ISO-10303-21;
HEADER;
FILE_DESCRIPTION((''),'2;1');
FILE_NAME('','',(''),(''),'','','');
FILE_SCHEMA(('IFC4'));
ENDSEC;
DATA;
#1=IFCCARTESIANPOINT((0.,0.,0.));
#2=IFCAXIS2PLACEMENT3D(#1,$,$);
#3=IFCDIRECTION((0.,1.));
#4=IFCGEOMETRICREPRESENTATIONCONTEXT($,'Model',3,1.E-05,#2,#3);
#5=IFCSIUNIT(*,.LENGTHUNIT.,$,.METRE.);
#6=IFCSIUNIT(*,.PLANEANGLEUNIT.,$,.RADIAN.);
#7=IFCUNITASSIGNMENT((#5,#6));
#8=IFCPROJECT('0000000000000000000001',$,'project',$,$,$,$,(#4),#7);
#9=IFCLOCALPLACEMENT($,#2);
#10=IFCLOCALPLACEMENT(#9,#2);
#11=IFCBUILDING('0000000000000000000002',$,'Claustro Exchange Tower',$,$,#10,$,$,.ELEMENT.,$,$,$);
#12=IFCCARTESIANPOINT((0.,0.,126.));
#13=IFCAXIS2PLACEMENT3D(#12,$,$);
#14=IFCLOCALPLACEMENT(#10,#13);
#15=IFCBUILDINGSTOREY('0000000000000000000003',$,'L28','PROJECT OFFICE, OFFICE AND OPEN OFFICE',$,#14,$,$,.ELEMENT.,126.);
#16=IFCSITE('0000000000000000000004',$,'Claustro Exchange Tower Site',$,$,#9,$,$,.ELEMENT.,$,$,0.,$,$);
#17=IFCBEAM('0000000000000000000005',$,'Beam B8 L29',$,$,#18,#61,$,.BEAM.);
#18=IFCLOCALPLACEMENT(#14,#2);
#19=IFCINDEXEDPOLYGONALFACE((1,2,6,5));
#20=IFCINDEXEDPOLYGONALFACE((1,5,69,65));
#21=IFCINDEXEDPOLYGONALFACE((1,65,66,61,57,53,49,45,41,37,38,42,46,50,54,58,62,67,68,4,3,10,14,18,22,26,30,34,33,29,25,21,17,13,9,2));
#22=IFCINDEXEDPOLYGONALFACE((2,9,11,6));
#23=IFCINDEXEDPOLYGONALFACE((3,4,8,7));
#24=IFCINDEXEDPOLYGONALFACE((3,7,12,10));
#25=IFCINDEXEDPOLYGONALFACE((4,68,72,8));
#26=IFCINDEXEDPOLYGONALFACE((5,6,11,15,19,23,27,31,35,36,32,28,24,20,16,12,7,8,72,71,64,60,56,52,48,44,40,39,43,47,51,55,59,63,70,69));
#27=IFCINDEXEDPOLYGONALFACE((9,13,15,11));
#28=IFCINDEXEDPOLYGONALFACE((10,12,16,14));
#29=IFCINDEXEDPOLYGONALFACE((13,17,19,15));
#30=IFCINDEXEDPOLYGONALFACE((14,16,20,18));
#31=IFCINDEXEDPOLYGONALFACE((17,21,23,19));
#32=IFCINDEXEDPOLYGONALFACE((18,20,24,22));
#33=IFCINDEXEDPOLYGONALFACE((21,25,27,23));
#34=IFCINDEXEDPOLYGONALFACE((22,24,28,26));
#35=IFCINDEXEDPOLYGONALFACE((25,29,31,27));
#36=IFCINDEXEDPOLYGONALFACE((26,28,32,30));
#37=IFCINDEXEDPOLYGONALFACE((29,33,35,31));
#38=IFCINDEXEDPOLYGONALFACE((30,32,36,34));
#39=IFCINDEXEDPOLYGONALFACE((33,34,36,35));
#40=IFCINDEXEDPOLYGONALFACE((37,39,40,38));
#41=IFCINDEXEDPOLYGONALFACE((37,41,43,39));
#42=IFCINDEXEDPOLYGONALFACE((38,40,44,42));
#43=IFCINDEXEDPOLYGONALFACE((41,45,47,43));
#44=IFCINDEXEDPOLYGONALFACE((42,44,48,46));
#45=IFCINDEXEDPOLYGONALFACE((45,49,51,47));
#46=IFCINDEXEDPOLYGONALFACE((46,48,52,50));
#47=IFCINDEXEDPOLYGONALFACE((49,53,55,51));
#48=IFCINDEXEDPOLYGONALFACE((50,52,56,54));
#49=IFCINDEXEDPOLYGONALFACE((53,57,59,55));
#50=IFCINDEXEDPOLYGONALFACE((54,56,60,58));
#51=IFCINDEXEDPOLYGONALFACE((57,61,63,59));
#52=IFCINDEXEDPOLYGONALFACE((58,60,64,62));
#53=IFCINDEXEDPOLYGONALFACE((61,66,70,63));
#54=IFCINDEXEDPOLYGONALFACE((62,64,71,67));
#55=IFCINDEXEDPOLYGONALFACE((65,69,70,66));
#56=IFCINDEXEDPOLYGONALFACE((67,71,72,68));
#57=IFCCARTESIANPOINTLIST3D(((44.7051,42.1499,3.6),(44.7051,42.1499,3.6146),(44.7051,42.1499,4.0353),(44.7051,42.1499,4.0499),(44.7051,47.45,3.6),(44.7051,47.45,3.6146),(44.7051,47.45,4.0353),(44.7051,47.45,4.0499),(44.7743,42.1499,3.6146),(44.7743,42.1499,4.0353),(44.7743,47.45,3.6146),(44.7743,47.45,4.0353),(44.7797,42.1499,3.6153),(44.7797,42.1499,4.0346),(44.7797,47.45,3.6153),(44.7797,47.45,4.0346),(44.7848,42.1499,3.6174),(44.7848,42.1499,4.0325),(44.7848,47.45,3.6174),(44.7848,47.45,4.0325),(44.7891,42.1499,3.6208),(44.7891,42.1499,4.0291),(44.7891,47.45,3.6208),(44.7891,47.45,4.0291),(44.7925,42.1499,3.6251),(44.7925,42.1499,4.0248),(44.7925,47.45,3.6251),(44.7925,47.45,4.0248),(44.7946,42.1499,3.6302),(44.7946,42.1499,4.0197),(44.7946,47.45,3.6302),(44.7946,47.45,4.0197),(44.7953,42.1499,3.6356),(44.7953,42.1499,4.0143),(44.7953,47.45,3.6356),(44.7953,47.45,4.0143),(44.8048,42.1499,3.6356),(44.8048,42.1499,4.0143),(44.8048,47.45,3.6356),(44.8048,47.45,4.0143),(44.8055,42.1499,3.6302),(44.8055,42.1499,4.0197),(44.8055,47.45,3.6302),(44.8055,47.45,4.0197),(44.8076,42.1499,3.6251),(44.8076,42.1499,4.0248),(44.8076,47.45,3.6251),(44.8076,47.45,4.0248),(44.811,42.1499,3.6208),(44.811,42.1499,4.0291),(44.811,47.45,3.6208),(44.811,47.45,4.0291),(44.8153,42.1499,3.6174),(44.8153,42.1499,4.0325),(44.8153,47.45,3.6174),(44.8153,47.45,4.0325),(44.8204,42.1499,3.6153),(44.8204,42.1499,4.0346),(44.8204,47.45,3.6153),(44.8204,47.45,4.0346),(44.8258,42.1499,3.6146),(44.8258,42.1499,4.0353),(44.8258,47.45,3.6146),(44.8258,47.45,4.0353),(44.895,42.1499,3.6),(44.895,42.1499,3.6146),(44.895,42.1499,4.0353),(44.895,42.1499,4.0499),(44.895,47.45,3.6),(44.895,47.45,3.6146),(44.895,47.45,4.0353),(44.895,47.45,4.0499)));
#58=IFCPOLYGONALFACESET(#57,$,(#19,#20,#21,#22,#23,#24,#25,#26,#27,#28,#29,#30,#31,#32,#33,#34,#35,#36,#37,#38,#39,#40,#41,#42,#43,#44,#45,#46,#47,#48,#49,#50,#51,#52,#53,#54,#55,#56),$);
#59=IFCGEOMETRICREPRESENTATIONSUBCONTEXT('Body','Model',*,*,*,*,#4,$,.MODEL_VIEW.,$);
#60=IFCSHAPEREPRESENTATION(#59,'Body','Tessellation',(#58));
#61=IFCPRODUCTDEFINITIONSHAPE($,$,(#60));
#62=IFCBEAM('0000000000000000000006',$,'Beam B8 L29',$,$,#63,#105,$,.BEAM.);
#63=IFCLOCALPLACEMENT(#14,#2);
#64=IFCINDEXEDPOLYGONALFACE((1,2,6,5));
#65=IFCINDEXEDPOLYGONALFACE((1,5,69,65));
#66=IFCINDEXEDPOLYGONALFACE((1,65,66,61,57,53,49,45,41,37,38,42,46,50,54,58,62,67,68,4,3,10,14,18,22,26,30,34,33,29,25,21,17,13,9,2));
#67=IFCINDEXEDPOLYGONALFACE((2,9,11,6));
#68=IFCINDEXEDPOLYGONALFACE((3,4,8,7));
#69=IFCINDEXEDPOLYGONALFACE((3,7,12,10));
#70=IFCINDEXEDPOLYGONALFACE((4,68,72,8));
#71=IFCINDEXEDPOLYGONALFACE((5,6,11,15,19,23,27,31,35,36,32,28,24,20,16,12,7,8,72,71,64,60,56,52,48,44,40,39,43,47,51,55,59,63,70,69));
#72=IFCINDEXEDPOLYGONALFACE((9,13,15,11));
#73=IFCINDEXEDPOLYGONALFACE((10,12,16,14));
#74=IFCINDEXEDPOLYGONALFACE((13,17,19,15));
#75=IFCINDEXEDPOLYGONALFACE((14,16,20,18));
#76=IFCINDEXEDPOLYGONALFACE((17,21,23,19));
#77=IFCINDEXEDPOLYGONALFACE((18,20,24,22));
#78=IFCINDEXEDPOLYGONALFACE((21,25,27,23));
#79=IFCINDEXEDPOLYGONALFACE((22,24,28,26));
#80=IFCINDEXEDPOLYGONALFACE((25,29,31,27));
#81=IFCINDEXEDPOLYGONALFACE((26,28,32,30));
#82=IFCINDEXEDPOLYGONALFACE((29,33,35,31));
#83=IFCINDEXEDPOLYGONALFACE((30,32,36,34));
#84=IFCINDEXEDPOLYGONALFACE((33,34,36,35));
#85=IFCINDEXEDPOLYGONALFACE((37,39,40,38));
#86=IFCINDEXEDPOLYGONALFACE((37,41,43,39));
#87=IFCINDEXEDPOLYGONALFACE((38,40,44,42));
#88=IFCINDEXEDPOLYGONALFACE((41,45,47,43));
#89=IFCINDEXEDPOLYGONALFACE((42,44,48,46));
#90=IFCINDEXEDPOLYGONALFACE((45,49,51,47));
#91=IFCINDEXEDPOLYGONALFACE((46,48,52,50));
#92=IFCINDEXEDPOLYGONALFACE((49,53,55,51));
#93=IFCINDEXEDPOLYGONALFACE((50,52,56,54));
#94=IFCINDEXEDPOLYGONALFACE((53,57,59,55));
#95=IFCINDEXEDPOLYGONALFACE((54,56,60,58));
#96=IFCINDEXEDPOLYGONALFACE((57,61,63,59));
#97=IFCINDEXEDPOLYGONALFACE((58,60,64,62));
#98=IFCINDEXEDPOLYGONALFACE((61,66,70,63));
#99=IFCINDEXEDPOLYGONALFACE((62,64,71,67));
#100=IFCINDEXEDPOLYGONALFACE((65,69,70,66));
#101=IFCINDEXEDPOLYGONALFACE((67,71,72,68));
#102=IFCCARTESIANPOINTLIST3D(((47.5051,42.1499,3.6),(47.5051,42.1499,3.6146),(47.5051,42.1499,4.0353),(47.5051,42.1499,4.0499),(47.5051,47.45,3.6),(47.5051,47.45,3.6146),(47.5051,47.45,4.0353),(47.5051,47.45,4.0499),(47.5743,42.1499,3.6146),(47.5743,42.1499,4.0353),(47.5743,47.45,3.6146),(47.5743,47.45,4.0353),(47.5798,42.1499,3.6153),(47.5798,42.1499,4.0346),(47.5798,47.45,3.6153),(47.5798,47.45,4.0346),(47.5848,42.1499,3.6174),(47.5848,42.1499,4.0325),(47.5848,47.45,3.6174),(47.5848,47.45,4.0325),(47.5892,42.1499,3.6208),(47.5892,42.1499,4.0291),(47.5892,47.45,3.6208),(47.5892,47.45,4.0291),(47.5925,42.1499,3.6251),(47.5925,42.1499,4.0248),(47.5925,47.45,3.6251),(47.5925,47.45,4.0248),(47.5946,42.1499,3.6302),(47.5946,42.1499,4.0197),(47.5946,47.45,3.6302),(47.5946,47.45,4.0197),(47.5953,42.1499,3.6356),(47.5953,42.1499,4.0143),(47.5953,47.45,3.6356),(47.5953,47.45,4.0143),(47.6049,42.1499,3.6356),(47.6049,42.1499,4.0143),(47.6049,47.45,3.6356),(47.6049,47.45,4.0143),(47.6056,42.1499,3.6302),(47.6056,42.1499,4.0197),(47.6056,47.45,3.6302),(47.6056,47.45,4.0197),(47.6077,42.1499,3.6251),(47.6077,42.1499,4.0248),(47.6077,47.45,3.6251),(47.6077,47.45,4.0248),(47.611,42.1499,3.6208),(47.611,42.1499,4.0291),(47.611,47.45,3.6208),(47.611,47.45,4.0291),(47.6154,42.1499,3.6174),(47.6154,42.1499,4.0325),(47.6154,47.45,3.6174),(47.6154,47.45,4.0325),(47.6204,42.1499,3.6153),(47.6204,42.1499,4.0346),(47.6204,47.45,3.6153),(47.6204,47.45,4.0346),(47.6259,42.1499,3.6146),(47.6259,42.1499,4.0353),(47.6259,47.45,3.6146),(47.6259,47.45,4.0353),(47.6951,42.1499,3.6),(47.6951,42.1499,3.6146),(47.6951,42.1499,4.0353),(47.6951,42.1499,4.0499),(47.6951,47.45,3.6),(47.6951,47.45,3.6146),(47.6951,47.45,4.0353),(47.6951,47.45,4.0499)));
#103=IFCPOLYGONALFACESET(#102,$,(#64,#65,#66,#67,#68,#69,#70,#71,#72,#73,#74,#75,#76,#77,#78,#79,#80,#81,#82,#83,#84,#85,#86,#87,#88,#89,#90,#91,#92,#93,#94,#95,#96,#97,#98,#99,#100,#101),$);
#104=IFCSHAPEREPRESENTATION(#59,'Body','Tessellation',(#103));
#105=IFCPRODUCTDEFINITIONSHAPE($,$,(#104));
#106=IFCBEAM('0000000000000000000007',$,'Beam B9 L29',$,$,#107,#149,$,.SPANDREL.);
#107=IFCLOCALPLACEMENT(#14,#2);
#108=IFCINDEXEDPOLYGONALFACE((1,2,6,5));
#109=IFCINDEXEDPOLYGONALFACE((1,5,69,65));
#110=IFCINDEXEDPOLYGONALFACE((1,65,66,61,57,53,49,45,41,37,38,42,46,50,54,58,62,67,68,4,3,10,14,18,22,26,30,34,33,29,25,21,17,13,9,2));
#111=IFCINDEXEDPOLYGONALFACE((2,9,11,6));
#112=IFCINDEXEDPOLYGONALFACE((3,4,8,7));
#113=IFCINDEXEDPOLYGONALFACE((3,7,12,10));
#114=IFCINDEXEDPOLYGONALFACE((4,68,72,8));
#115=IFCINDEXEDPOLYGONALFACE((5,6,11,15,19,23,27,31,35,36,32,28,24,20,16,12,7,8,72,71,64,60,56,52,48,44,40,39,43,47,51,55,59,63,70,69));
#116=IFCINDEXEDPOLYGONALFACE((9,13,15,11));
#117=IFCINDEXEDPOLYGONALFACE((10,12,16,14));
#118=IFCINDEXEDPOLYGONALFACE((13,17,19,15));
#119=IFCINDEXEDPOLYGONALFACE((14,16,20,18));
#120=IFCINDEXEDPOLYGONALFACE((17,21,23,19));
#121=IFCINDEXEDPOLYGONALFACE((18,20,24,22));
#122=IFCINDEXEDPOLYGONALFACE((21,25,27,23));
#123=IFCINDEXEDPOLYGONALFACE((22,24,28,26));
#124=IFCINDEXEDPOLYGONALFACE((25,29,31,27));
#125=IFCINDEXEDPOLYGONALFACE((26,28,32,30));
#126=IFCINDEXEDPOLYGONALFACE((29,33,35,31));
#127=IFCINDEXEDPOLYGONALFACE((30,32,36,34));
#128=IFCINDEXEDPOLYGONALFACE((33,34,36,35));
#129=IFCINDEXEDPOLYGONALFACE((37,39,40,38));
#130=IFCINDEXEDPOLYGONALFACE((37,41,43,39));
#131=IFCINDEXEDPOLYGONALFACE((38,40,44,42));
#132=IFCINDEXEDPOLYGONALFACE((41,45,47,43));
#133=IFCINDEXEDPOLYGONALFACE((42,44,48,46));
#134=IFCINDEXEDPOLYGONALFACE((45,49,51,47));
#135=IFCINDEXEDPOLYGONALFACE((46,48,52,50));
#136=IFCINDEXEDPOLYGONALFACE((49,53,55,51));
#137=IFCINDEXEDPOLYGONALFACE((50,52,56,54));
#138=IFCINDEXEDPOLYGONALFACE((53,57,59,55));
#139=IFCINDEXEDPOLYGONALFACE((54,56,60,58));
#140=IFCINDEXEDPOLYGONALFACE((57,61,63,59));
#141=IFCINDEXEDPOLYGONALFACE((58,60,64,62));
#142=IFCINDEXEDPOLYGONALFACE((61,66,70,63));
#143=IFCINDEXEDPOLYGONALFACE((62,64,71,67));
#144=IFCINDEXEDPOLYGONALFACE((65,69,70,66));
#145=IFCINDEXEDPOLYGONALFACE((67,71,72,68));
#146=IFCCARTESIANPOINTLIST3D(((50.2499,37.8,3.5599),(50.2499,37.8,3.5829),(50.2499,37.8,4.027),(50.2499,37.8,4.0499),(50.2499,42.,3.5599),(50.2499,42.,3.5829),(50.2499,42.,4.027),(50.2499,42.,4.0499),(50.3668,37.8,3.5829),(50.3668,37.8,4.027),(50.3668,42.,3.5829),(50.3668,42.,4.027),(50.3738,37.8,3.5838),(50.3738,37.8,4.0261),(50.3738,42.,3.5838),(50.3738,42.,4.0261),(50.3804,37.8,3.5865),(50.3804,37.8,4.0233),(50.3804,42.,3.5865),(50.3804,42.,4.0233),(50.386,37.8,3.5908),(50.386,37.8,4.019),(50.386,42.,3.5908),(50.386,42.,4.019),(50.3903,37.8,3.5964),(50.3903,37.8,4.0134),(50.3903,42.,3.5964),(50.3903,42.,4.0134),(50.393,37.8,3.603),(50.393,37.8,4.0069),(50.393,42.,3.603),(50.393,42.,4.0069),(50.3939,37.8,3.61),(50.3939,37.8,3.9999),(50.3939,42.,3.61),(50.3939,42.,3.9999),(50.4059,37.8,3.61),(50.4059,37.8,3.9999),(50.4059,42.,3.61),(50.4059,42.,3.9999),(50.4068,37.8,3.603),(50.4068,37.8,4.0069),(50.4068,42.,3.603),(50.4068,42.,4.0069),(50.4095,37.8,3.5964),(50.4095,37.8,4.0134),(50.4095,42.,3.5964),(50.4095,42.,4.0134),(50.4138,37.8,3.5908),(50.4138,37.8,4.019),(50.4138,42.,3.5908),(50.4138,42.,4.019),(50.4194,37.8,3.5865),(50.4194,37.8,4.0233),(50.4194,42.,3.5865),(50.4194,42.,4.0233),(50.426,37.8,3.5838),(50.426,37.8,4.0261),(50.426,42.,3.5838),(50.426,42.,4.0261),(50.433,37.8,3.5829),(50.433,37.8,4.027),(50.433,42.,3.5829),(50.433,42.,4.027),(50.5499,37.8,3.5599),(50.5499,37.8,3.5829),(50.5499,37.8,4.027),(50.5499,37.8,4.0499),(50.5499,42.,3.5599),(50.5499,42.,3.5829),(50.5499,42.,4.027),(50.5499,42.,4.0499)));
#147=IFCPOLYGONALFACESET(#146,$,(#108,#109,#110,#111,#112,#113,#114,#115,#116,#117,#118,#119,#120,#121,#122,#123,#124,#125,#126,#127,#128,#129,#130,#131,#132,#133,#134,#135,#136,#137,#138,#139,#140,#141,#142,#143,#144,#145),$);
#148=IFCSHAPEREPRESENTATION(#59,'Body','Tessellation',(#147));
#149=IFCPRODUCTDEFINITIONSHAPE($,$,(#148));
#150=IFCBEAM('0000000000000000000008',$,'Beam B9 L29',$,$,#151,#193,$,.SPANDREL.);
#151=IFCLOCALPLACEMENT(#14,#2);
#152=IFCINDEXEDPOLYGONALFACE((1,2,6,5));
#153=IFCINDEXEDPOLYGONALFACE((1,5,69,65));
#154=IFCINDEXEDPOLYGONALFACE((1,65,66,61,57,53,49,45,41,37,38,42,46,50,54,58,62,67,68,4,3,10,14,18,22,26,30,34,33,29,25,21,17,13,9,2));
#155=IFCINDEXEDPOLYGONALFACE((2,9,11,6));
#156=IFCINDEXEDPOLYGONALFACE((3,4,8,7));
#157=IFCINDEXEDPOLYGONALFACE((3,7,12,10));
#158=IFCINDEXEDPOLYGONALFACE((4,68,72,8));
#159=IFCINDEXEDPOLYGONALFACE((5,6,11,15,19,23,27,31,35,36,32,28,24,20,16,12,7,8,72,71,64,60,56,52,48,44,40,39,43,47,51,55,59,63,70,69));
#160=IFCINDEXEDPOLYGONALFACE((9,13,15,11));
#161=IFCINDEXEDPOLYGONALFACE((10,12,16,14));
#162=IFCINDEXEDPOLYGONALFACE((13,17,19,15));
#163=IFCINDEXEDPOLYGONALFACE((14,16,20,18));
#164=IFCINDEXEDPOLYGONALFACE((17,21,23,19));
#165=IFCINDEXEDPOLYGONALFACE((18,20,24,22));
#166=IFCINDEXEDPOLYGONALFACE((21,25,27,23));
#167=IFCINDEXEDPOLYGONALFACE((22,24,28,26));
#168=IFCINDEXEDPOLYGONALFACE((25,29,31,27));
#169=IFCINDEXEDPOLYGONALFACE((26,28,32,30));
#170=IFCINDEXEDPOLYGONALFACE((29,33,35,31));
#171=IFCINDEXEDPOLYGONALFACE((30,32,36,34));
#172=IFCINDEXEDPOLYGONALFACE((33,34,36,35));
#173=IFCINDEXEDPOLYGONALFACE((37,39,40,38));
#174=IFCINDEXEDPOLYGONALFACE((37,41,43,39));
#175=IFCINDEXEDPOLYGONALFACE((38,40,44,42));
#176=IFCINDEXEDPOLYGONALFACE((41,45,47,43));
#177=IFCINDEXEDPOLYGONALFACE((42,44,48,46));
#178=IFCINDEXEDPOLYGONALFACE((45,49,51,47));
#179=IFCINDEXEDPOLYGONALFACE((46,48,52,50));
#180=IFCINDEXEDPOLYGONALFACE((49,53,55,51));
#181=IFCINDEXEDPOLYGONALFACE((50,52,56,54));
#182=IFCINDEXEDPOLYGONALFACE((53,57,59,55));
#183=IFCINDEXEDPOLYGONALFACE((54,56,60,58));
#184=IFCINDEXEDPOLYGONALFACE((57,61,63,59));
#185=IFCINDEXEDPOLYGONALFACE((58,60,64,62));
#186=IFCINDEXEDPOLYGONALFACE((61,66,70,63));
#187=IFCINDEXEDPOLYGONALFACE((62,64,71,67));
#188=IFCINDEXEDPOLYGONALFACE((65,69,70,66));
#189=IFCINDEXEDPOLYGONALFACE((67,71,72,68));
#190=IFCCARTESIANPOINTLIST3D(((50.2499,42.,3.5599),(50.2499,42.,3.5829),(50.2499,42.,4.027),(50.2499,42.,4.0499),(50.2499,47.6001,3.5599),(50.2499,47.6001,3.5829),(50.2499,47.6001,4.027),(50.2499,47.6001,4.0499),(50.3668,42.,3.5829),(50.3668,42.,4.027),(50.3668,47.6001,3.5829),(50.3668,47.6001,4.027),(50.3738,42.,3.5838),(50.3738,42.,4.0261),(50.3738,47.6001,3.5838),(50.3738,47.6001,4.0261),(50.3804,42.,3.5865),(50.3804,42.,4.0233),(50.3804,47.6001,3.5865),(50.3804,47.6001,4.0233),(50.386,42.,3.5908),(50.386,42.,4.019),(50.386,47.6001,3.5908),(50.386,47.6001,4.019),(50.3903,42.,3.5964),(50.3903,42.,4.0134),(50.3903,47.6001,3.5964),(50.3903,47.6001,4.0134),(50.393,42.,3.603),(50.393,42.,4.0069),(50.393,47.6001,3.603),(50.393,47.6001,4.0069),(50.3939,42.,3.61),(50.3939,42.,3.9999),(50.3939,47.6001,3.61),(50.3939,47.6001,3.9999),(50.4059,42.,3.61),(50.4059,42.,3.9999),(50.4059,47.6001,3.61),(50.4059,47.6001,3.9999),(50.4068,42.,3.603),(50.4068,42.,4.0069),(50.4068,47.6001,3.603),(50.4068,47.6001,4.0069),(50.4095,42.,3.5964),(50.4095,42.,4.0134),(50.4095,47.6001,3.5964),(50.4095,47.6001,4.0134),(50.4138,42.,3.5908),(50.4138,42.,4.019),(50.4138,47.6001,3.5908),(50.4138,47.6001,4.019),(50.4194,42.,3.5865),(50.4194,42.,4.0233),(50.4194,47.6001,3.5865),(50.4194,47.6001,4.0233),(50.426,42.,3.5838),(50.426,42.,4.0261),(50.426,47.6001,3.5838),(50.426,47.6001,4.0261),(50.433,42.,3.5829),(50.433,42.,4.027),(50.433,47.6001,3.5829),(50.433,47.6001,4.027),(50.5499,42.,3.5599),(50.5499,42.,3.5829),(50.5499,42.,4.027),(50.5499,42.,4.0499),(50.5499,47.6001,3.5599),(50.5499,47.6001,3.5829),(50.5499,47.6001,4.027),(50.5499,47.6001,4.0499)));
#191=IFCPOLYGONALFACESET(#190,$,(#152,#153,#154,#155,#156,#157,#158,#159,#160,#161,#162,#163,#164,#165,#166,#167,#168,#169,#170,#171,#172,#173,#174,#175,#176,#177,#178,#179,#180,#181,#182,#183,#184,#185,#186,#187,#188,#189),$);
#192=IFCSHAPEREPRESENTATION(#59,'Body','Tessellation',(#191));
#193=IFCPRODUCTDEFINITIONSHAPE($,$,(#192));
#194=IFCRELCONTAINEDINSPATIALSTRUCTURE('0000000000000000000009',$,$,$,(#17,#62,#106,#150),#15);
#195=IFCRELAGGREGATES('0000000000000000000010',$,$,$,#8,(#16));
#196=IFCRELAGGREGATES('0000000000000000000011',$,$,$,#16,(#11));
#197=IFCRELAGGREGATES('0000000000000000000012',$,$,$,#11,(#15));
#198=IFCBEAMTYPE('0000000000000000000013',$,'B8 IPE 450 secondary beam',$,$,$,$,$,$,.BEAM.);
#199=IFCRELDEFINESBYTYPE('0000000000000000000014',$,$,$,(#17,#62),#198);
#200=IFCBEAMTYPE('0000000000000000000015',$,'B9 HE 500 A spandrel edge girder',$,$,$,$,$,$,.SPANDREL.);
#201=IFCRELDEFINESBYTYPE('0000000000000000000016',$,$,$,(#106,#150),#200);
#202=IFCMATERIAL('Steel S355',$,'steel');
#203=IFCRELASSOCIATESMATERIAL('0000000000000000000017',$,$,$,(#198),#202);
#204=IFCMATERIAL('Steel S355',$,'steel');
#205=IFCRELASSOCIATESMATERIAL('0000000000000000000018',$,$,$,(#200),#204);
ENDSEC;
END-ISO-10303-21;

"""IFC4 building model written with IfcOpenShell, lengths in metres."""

from ifc_helpers import new_model, si_unit, direction, frame, origin, origin_2d, place, context, subcontext, project, spatial, i_section, extrude, material, material_profile, profile_set, type_object, element, save


model = new_model("IFC4")

# Units and contexts
model_context = context("Model", 3, precision=1e-05, world=origin(), true_north=direction((0.0, 1.0)))
body_context = subcontext(model_context, "Body", "Model", "MODEL_VIEW")
ifc_project = project(units=[si_unit("LENGTHUNIT", "METRE"), si_unit("PLANEANGLEUNIT", "RADIAN")], contexts=[model_context])

# Site, building, storey
site_placement = place(None, origin())
site = spatial("IfcSite", under=ifc_project, at=site_placement, Name="Claustro Exchange Tower Site", CompositionType="ELEMENT", RefElevation=0.0)
building_placement = place(site_placement, origin())
building = spatial("IfcBuilding", under=site, at=building_placement, Name="Claustro Exchange Tower", CompositionType="ELEMENT")
storey_placement = place(building_placement, frame((0.0, 0.0, 126.0)))
storey = spatial("IfcBuildingStorey", under=building, at=storey_placement, Name="L28", Description="PROJECT OFFICE, OFFICE AND OPEN OFFICE", CompositionType="ELEMENT", Elevation=126.0)

# Beams
ifc_material_1 = material(Name="Steel S355", Category="steel")
ifc_material_profile_1 = material_profile(ifc_material_1, i_section(OverallWidth=0.1899, OverallDepth=0.45, WebThickness=0.0095, FlangeThickness=0.0146, FilletRadius=0.021, at=origin_2d()), Name="IPE 450")
ifc_profile_set_1 = profile_set([ifc_material_profile_1], Name="Steel S355")
beam_type_1 = type_object("IfcBeamType", Name="B8 IPE 450 secondary beam", PredefinedType="BEAM", material=ifc_profile_set_1)
for number, where, z_axis, x_axis, name in (
    (1, (44.8, 42.1499, 3.825), (0.0, 1.0, 0.0), (-1.0, 0.0, 0.0), "Beam B8 L29"),
    (2, (47.6001, 42.1499, 3.825), (0.0, 1.0, 0.0), (-1.0, 0.0, 0.0), "Beam B8 L29"),
):
    element("IfcBeam", number, at=place(storey_placement, frame(where, z_axis=z_axis, x_axis=x_axis)), inside=storey, type_object=beam_type_1, Name=name, PredefinedType="BEAM", context=body_context, shape_type="SweptSolid", body=[
        extrude(i_section(OverallWidth=0.1899, OverallDepth=0.45, WebThickness=0.0095, FlangeThickness=0.0146, FilletRadius=0.021, at=origin_2d()), origin(), (0.0, 0.0, 1.0), 5.3),
    ])
ifc_material_2 = material(Name="Steel S355", Category="steel")
ifc_material_profile_2 = material_profile(ifc_material_2, i_section(OverallWidth=0.3, OverallDepth=0.49, WebThickness=0.012, FlangeThickness=0.0229, FilletRadius=0.0271, at=origin_2d()), Name="HE 500 A")
ifc_profile_set_2 = profile_set([ifc_material_profile_2], Name="Steel S355")
beam_type_2 = type_object("IfcBeamType", Name="B9 HE 500 A spandrel edge girder", PredefinedType="SPANDREL", material=ifc_profile_set_2)
beam_1_placement = place(storey_placement, frame((50.3999, 37.8, 3.8049), z_axis=(0.0, 1.0, 0.0), x_axis=(-1.0, 0.0, 0.0)))
element("IfcBeam", 3, at=beam_1_placement, inside=storey, type_object=beam_type_2, Name="Beam B9 L29", PredefinedType="SPANDREL", context=body_context, shape_type="SweptSolid", body=[
    extrude(i_section(OverallWidth=0.3, OverallDepth=0.49, WebThickness=0.012, FlangeThickness=0.0229, FilletRadius=0.0271, at=origin_2d()), origin(), (0.0, 0.0, 1.0), 4.2),
])
beam_2_placement = place(storey_placement, frame((50.3999, 42.0, 3.8049), z_axis=(0.0, 1.0, 0.0), x_axis=(-1.0, 0.0, 0.0)))
element("IfcBeam", 4, at=beam_2_placement, inside=storey, type_object=beam_type_2, Name="Beam B9 L29", PredefinedType="SPANDREL", context=body_context, shape_type="SweptSolid", body=[
    extrude(i_section(OverallWidth=0.3, OverallDepth=0.49, WebThickness=0.012, FlangeThickness=0.0229, FilletRadius=0.0271, at=origin_2d()), origin(), (0.0, 0.0, 1.0), 5.6001),
])

save(model, "model.ifc")
